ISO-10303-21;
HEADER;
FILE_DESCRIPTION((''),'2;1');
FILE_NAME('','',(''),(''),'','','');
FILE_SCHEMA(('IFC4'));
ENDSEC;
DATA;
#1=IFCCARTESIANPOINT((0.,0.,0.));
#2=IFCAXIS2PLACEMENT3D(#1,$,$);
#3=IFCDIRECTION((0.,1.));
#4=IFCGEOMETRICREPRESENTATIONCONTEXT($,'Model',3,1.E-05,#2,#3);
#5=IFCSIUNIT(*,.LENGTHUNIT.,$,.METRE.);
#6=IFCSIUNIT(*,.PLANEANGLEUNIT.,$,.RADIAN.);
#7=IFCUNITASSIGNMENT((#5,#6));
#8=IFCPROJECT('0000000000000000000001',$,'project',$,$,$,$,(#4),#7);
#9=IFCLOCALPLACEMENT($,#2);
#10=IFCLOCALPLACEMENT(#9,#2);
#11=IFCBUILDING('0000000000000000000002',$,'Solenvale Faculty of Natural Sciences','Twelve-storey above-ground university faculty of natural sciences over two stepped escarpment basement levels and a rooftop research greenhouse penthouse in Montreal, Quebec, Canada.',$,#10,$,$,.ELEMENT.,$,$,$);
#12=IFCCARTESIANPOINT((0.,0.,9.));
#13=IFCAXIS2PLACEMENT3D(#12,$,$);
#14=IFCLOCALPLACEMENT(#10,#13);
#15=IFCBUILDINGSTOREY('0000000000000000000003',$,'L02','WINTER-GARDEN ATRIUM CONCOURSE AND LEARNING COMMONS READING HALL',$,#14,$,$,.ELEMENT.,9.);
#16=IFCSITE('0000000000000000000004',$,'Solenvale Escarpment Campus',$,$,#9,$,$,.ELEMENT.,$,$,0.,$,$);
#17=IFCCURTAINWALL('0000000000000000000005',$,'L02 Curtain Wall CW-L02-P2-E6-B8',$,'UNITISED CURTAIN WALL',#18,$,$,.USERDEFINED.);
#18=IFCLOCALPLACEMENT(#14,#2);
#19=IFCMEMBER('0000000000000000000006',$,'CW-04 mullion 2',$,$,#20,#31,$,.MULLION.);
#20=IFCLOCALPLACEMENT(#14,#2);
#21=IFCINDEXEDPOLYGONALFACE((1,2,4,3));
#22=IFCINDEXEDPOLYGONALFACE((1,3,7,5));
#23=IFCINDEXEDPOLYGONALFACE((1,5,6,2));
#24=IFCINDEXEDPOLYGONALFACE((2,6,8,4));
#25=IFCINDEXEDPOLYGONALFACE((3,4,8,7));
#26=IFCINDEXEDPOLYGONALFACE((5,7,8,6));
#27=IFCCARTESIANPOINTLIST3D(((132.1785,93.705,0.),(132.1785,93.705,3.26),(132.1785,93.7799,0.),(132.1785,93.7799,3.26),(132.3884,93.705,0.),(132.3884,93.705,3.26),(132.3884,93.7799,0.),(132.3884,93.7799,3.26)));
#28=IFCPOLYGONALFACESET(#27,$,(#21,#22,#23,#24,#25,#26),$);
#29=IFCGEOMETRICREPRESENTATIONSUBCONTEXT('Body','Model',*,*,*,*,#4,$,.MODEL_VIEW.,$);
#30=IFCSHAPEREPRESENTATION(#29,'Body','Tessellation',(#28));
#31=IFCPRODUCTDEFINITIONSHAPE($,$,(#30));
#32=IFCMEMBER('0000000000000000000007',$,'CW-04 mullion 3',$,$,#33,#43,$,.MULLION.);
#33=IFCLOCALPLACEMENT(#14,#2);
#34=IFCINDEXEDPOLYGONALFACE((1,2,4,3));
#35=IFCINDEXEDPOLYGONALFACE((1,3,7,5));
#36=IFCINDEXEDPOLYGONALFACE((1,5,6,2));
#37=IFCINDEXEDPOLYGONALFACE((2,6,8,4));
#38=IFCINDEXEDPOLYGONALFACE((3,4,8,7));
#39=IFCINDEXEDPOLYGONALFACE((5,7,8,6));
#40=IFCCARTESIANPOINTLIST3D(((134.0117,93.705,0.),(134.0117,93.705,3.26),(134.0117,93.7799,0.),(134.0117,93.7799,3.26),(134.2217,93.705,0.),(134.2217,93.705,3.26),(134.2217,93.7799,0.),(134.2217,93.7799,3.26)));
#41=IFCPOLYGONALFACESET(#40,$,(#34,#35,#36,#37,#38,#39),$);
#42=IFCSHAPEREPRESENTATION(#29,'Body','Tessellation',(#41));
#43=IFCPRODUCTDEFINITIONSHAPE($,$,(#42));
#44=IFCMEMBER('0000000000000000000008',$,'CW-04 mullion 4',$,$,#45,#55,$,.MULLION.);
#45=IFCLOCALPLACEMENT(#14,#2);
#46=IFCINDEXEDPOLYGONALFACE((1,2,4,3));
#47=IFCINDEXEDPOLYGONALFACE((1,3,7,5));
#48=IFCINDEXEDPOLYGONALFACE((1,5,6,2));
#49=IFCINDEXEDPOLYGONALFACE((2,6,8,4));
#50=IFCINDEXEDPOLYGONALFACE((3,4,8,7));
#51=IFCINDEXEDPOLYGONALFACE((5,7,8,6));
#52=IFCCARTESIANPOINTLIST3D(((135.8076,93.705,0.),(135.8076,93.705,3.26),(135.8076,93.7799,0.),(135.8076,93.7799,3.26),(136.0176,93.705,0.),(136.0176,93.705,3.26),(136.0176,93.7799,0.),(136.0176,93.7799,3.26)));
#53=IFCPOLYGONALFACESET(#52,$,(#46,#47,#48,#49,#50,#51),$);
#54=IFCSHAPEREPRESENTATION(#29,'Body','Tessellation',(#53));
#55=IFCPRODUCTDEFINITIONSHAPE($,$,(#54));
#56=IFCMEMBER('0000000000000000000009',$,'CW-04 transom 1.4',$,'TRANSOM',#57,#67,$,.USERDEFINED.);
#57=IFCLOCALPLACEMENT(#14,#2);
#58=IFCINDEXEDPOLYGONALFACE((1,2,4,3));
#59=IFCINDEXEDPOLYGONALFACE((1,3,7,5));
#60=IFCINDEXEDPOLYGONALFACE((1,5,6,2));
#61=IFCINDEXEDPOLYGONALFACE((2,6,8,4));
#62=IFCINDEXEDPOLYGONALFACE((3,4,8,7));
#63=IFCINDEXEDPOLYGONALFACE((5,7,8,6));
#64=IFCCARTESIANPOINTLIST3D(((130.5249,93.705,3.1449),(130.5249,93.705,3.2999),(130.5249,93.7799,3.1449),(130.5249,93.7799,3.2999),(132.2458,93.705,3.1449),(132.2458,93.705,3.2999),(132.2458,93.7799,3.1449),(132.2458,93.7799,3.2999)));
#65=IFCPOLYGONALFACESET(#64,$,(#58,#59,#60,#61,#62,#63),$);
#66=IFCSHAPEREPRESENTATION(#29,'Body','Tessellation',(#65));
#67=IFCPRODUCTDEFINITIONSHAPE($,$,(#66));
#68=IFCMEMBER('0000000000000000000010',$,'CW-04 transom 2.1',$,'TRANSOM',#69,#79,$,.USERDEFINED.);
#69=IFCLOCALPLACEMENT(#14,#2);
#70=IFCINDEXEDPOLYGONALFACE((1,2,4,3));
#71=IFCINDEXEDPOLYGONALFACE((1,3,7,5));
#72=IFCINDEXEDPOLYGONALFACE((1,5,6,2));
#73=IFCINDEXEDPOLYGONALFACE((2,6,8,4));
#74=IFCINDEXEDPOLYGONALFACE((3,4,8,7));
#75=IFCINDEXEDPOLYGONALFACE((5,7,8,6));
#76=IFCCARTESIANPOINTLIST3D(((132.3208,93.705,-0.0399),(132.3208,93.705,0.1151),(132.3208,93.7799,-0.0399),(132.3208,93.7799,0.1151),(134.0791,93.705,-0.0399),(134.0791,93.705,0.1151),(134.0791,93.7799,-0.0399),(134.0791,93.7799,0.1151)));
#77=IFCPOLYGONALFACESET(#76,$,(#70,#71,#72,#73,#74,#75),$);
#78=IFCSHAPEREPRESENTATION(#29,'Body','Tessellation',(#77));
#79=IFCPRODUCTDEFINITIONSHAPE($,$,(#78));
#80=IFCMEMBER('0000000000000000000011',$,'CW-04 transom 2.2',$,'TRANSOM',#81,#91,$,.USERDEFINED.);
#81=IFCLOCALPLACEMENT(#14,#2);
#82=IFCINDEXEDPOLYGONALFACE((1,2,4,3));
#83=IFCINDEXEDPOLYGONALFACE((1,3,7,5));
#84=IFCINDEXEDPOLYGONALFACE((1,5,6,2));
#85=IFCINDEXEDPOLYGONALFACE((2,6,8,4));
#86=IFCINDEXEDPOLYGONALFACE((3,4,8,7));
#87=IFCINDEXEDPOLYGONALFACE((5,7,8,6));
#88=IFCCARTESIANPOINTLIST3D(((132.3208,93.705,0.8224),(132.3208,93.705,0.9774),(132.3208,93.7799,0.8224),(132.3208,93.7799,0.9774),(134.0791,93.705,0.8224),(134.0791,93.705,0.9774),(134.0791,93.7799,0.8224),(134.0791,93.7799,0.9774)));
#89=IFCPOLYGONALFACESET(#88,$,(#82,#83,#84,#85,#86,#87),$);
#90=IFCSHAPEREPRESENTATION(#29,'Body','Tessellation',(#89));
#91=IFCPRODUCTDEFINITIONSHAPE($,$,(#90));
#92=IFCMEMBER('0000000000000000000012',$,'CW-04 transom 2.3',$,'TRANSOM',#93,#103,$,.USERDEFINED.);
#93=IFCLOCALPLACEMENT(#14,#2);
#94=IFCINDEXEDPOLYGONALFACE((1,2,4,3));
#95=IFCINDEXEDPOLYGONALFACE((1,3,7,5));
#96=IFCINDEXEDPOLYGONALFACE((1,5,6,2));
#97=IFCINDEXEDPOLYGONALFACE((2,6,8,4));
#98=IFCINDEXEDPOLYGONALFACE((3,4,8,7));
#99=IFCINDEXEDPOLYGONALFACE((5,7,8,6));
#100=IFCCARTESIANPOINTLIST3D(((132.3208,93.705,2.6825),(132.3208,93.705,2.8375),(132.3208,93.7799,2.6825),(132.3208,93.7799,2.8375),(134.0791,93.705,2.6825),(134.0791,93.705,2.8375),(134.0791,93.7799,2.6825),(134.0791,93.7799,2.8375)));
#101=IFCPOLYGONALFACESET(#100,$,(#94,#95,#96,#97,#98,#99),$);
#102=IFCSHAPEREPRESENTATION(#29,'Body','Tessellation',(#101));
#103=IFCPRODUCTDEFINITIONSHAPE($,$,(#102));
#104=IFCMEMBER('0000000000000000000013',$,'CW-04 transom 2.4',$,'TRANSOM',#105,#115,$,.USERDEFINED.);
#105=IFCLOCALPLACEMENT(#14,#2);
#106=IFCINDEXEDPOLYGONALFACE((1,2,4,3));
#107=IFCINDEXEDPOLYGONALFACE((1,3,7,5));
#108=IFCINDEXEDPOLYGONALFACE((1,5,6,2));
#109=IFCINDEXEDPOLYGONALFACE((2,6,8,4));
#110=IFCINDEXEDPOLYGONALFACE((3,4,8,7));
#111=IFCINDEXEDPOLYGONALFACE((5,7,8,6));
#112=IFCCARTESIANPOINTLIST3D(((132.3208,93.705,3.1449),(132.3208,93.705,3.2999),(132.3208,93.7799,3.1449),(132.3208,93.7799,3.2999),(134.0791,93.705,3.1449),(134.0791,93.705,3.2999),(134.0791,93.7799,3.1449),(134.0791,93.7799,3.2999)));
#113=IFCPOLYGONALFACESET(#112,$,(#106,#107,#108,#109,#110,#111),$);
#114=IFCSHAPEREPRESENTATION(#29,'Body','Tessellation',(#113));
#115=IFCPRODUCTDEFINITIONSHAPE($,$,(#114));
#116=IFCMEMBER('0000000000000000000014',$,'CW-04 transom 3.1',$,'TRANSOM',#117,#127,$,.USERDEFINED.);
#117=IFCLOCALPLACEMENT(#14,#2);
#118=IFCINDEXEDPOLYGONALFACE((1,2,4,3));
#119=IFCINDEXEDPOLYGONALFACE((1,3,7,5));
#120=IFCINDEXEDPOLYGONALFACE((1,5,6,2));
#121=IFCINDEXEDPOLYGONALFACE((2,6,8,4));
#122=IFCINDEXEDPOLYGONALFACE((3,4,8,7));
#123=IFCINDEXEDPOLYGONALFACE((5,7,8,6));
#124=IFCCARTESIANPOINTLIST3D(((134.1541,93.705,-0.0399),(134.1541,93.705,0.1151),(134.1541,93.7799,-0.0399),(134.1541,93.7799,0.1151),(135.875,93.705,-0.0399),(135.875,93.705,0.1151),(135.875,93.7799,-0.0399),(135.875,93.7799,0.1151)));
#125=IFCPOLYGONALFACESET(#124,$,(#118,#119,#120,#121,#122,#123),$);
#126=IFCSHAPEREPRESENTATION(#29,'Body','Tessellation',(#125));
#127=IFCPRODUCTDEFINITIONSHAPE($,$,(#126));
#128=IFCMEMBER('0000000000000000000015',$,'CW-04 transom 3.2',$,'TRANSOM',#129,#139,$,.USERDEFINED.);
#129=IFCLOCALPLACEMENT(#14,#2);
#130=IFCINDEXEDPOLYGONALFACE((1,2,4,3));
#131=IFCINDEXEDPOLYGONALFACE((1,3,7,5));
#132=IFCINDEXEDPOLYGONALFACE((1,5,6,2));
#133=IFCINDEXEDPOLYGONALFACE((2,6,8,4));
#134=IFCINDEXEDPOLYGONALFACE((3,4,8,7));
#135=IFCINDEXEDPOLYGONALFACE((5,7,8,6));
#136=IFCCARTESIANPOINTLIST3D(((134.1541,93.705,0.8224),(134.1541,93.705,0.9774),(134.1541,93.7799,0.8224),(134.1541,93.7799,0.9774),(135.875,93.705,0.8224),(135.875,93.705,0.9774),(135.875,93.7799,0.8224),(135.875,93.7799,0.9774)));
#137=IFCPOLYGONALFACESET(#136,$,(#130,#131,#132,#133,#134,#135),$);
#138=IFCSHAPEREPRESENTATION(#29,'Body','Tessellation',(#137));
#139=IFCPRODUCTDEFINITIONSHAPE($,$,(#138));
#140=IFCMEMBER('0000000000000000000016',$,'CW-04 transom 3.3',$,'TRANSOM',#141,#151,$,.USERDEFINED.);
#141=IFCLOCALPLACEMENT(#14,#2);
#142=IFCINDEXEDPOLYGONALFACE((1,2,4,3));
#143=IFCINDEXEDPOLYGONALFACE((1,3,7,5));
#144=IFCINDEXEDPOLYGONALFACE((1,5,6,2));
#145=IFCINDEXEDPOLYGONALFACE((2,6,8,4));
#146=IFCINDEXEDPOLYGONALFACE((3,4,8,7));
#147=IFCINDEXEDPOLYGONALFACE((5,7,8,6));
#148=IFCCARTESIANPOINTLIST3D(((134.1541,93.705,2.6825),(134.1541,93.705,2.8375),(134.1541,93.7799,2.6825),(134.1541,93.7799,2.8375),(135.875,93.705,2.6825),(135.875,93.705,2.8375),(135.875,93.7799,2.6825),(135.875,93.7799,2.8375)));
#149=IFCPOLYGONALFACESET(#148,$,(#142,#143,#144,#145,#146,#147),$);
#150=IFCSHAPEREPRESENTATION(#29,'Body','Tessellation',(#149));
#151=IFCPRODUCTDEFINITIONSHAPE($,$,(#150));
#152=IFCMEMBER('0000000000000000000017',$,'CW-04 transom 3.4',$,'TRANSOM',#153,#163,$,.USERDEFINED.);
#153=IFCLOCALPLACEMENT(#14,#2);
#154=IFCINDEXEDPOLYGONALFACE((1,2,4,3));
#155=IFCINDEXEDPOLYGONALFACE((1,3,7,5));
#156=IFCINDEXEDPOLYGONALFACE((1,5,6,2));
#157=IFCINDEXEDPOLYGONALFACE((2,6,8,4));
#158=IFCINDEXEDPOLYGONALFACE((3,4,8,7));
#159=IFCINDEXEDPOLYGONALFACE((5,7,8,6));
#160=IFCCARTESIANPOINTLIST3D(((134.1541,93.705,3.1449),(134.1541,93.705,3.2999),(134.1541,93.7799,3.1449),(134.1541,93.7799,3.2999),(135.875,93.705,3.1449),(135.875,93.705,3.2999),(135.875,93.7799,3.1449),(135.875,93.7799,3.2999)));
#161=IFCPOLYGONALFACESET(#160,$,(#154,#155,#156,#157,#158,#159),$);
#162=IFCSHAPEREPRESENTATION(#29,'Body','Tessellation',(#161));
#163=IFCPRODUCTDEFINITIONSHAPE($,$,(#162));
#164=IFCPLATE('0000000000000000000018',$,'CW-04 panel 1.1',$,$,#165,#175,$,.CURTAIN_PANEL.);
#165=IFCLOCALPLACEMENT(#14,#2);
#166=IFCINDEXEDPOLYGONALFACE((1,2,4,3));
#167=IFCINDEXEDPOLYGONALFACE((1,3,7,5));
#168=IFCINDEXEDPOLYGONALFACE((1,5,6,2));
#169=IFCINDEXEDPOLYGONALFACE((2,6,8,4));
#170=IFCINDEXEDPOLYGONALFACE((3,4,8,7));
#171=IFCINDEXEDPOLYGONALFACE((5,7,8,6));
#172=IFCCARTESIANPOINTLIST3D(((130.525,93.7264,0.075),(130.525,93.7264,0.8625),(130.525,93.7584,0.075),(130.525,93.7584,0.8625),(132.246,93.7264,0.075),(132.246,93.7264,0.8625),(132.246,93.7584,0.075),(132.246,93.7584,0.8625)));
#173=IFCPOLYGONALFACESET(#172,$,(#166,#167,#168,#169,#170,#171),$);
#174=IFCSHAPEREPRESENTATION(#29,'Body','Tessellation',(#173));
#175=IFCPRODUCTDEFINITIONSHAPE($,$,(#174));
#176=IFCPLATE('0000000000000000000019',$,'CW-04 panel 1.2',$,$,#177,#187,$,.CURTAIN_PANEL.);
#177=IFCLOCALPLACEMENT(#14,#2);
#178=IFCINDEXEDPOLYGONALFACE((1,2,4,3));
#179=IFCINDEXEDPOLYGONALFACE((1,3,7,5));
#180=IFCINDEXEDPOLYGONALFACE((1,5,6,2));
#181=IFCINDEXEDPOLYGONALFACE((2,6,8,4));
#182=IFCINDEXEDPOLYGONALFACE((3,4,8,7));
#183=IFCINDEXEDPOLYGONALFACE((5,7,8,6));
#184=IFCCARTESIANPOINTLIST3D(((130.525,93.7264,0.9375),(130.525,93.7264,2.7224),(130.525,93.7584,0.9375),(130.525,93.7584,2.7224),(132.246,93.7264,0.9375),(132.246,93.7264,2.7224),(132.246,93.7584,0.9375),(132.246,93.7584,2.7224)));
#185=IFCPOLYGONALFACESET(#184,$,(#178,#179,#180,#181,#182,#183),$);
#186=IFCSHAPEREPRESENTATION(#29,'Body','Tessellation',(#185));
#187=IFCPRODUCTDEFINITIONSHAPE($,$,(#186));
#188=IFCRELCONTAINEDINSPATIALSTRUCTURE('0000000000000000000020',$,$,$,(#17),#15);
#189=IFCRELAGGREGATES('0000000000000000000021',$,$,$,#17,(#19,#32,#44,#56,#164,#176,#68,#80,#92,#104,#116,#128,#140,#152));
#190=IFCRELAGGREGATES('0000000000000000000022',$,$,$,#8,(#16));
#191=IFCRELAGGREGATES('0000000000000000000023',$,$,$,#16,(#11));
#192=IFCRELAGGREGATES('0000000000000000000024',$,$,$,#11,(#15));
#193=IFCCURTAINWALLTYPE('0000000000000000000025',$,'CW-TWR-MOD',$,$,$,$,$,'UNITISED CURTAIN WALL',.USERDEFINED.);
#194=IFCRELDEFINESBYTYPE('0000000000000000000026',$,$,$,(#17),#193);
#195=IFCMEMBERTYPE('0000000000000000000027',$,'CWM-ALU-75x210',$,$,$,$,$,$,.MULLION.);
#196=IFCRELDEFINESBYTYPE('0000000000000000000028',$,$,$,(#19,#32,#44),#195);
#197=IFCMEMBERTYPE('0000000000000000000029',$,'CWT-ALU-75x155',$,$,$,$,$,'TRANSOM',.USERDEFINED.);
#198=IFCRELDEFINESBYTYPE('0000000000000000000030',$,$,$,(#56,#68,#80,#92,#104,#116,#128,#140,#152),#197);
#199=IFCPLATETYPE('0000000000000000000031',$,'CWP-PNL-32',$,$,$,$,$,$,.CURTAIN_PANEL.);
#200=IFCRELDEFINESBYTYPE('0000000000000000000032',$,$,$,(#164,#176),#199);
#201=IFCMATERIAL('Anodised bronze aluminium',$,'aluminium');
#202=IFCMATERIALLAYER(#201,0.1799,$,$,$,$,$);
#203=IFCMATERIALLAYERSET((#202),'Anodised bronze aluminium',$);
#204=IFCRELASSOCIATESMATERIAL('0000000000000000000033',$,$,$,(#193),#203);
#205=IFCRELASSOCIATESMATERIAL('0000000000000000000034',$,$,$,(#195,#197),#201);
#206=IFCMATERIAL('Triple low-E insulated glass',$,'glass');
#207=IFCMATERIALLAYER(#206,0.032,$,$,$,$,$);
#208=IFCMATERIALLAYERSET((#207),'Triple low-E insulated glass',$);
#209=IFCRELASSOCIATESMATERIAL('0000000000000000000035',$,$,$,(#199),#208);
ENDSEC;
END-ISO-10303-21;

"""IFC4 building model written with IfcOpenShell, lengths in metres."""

from ifc_helpers import new_model, si_unit, direction, frame, origin, origin_2d, place, context, subcontext, project, spatial, rectangle, extrude, material, layer, layer_set, material_profile, profile_set, type_object, element, aggregate, save


model = new_model("IFC4")

# Units and contexts
model_context = context("Model", 3, precision=1e-05, world=origin(), true_north=direction((0.0, 1.0)))
body_context = subcontext(model_context, "Body", "Model", "MODEL_VIEW")
ifc_project = project(units=[si_unit("LENGTHUNIT", "METRE"), si_unit("PLANEANGLEUNIT", "RADIAN")], contexts=[model_context])

# Site, building, storey
site_placement = place(None, origin())
site = spatial("IfcSite", under=ifc_project, at=site_placement, Name="Solenvale Escarpment Campus", CompositionType="ELEMENT", RefElevation=0.0)
building_placement = place(site_placement, origin())
building = spatial("IfcBuilding", under=site, at=building_placement, Name="Solenvale Faculty of Natural Sciences", Description="Twelve-storey above-ground university faculty of natural sciences over two stepped escarpment basement levels and a rooftop research greenhouse penthouse in Montreal, Quebec, Canada.", CompositionType="ELEMENT")
storey_placement = place(building_placement, frame((0.0, 0.0, 9.0)))
storey = spatial("IfcBuildingStorey", under=building, at=storey_placement, Name="L02", Description="WINTER-GARDEN ATRIUM CONCOURSE AND LEARNING COMMONS READING HALL", CompositionType="ELEMENT", Elevation=9.0)

# Curtain wall, members, plates
ifc_material_1 = material(Name="Anodised bronze aluminium", Category="aluminium")
ifc_layer_1 = layer(ifc_material_1, 0.1799)
ifc_layer_set_1 = layer_set([ifc_layer_1], Name="Anodised bronze aluminium")
curtain_wall_type = type_object("IfcCurtainWallType", Name="CW-TWR-MOD", ElementType="UNITISED CURTAIN WALL", PredefinedType="USERDEFINED", material=ifc_layer_set_1)
curtain_wall_placement = place(storey_placement, origin())
curtain_wall = element("IfcCurtainWall", 1, at=curtain_wall_placement, inside=storey, type_object=curtain_wall_type, Name="L02 Curtain Wall CW-L02-P2-E6-B8", ObjectType="UNITISED CURTAIN WALL", PredefinedType="USERDEFINED")
ifc_material_profile_1 = material_profile(ifc_material_1, rectangle(XDim=0.075, YDim=0.21, at=origin_2d()), Name="ALU-MUL-75x210")
ifc_profile_set_1 = profile_set([ifc_material_profile_1], Name="Anodised bronze aluminium")
member_type_1 = type_object("IfcMemberType", Name="CWM-ALU-75x210", PredefinedType="MULLION", material=ifc_profile_set_1)
member_1_placement = place(storey_placement, frame((132.2834, 93.7424, 0.0), z_axis=(0.0, 0.0, 1.0), x_axis=(0.0, 1.0, 0.0)))
member_1 = element("IfcMember", 2, at=member_1_placement, type_object=member_type_1, Name="CW-04 mullion 2", PredefinedType="MULLION", context=body_context, shape_type="SweptSolid", body=[
    extrude(rectangle(XDim=0.075, YDim=0.21, at=origin_2d()), origin(), (0.0, 0.0, 1.0), 3.26),
])
member_2_placement = place(storey_placement, frame((134.1167, 93.7424, 0.0), z_axis=(0.0, 0.0, 1.0), x_axis=(0.0, 1.0, 0.0)))
member_2 = element("IfcMember", 3, at=member_2_placement, type_object=member_type_1, Name="CW-04 mullion 3", PredefinedType="MULLION", context=body_context, shape_type="SweptSolid", body=[
    extrude(rectangle(XDim=0.075, YDim=0.21, at=origin_2d()), origin(), (0.0, 0.0, 1.0), 3.26),
])
member_3_placement = place(storey_placement, frame((135.9126, 93.7424, 0.0), z_axis=(0.0, 0.0, 1.0), x_axis=(0.0, 1.0, 0.0)))
member_3 = element("IfcMember", 4, at=member_3_placement, type_object=member_type_1, Name="CW-04 mullion 4", PredefinedType="MULLION", context=body_context, shape_type="SweptSolid", body=[
    extrude(rectangle(XDim=0.075, YDim=0.21, at=origin_2d()), origin(), (0.0, 0.0, 1.0), 3.26),
])
ifc_material_profile_2 = material_profile(ifc_material_1, rectangle(XDim=0.075, YDim=0.155, at=origin_2d()), Name="ALU-TRN-75x155")
ifc_profile_set_2 = profile_set([ifc_material_profile_2], Name="Anodised bronze aluminium")
member_type_2 = type_object("IfcMemberType", Name="CWT-ALU-75x155", ElementType="TRANSOM", PredefinedType="USERDEFINED", material=ifc_profile_set_2)
member_4_placement = place(storey_placement, frame((130.5249, 93.7424, 3.2224), z_axis=(1.0, 0.0, 0.0), x_axis=(0.0, 1.0, 0.0)))
member_4 = element("IfcMember", 5, at=member_4_placement, type_object=member_type_2, Name="CW-04 transom 1.4", ObjectType="TRANSOM", PredefinedType="USERDEFINED", context=body_context, shape_type="SweptSolid", body=[
    extrude(rectangle(XDim=0.075, YDim=0.155, at=origin_2d()), origin(), (0.0, 0.0, 1.0), 1.7209),
])
member_5_placement = place(storey_placement, frame((132.3208, 93.7424, 0.0376), z_axis=(1.0, 0.0, 0.0), x_axis=(0.0, 1.0, 0.0)))
member_5 = element("IfcMember", 6, at=member_5_placement, type_object=member_type_2, Name="CW-04 transom 2.1", ObjectType="TRANSOM", PredefinedType="USERDEFINED", context=body_context, shape_type="SweptSolid", body=[
    extrude(rectangle(XDim=0.075, YDim=0.155, at=origin_2d()), origin(), (0.0, 0.0, 1.0), 1.7583),
])
member_6_placement = place(storey_placement, frame((132.3208, 93.7424, 0.8999), z_axis=(1.0, 0.0, 0.0), x_axis=(0.0, 1.0, 0.0)))
member_6 = element("IfcMember", 7, at=member_6_placement, type_object=member_type_2, Name="CW-04 transom 2.2", ObjectType="TRANSOM", PredefinedType="USERDEFINED", context=body_context, shape_type="SweptSolid", body=[
    extrude(rectangle(XDim=0.075, YDim=0.155, at=origin_2d()), origin(), (0.0, 0.0, 1.0), 1.7583),
])
member_7_placement = place(storey_placement, frame((132.3208, 93.7424, 2.76), z_axis=(1.0, 0.0, 0.0), x_axis=(0.0, 1.0, 0.0)))
member_7 = element("IfcMember", 8, at=member_7_placement, type_object=member_type_2, Name="CW-04 transom 2.3", ObjectType="TRANSOM", PredefinedType="USERDEFINED", context=body_context, shape_type="SweptSolid", body=[
    extrude(rectangle(XDim=0.075, YDim=0.155, at=origin_2d()), origin(), (0.0, 0.0, 1.0), 1.7583),
])
member_8_placement = place(storey_placement, frame((132.3208, 93.7424, 3.2224), z_axis=(1.0, 0.0, 0.0), x_axis=(0.0, 1.0, 0.0)))
member_8 = element("IfcMember", 9, at=member_8_placement, type_object=member_type_2, Name="CW-04 transom 2.4", ObjectType="TRANSOM", PredefinedType="USERDEFINED", context=body_context, shape_type="SweptSolid", body=[
    extrude(rectangle(XDim=0.075, YDim=0.155, at=origin_2d()), origin(), (0.0, 0.0, 1.0), 1.7583),
])
member_9_placement = place(storey_placement, frame((134.1541, 93.7424, 0.0376), z_axis=(1.0, 0.0, 0.0), x_axis=(0.0, 1.0, 0.0)))
member_9 = element("IfcMember", 10, at=member_9_placement, type_object=member_type_2, Name="CW-04 transom 3.1", ObjectType="TRANSOM", PredefinedType="USERDEFINED", context=body_context, shape_type="SweptSolid", body=[
    extrude(rectangle(XDim=0.075, YDim=0.155, at=origin_2d()), origin(), (0.0, 0.0, 1.0), 1.7209),
])
member_10_placement = place(storey_placement, frame((134.1541, 93.7424, 0.8999), z_axis=(1.0, 0.0, 0.0), x_axis=(0.0, 1.0, 0.0)))
member_10 = element("IfcMember", 11, at=member_10_placement, type_object=member_type_2, Name="CW-04 transom 3.2", ObjectType="TRANSOM", PredefinedType="USERDEFINED", context=body_context, shape_type="SweptSolid", body=[
    extrude(rectangle(XDim=0.075, YDim=0.155, at=origin_2d()), origin(), (0.0, 0.0, 1.0), 1.7209),
])
member_11_placement = place(storey_placement, frame((134.1541, 93.7424, 2.76), z_axis=(1.0, 0.0, 0.0), x_axis=(0.0, 1.0, 0.0)))
member_11 = element("IfcMember", 12, at=member_11_placement, type_object=member_type_2, Name="CW-04 transom 3.3", ObjectType="TRANSOM", PredefinedType="USERDEFINED", context=body_context, shape_type="SweptSolid", body=[
    extrude(rectangle(XDim=0.075, YDim=0.155, at=origin_2d()), origin(), (0.0, 0.0, 1.0), 1.7209),
])
member_12_placement = place(storey_placement, frame((134.1541, 93.7424, 3.2224), z_axis=(1.0, 0.0, 0.0), x_axis=(0.0, 1.0, 0.0)))
member_12 = element("IfcMember", 13, at=member_12_placement, type_object=member_type_2, Name="CW-04 transom 3.4", ObjectType="TRANSOM", PredefinedType="USERDEFINED", context=body_context, shape_type="SweptSolid", body=[
    extrude(rectangle(XDim=0.075, YDim=0.155, at=origin_2d()), origin(), (0.0, 0.0, 1.0), 1.7209),
])
ifc_material_2 = material(Name="Triple low-E insulated glass", Category="glass")
ifc_layer_2 = layer(ifc_material_2, 0.032)
ifc_layer_set_2 = layer_set([ifc_layer_2], Name="Triple low-E insulated glass")
plate_type = type_object("IfcPlateType", Name="CWP-PNL-32", PredefinedType="CURTAIN_PANEL", material=ifc_layer_set_2)
plate_1_placement = place(storey_placement, frame((131.3855, 93.7424, 0.075), z_axis=(0.0, 0.0, 1.0), x_axis=(1.0, 0.0, 0.0)))
plate_1 = element("IfcPlate", 14, at=plate_1_placement, type_object=plate_type, Name="CW-04 panel 1.1", PredefinedType="CURTAIN_PANEL", context=body_context, shape_type="SweptSolid", body=[
    extrude(rectangle(XDim=1.7209, YDim=0.032, at=origin_2d()), origin(), (0.0, 0.0, 1.0), 0.7876),
])
plate_2_placement = place(storey_placement, frame((131.3855, 93.7424, 0.9375), z_axis=(0.0, 0.0, 1.0), x_axis=(1.0, 0.0, 0.0)))
plate_2 = element("IfcPlate", 15, at=plate_2_placement, type_object=plate_type, Name="CW-04 panel 1.2", PredefinedType="CURTAIN_PANEL", context=body_context, shape_type="SweptSolid", body=[
    extrude(rectangle(XDim=1.7209, YDim=0.032, at=origin_2d()), origin(), (0.0, 0.0, 1.0), 1.7849),
])
aggregate(curtain_wall, [member_1, member_2, member_3, member_4, plate_1, plate_2, member_5, member_6, member_7, member_8, member_9, member_10, member_11, member_12])

save(model, "model.ifc")
